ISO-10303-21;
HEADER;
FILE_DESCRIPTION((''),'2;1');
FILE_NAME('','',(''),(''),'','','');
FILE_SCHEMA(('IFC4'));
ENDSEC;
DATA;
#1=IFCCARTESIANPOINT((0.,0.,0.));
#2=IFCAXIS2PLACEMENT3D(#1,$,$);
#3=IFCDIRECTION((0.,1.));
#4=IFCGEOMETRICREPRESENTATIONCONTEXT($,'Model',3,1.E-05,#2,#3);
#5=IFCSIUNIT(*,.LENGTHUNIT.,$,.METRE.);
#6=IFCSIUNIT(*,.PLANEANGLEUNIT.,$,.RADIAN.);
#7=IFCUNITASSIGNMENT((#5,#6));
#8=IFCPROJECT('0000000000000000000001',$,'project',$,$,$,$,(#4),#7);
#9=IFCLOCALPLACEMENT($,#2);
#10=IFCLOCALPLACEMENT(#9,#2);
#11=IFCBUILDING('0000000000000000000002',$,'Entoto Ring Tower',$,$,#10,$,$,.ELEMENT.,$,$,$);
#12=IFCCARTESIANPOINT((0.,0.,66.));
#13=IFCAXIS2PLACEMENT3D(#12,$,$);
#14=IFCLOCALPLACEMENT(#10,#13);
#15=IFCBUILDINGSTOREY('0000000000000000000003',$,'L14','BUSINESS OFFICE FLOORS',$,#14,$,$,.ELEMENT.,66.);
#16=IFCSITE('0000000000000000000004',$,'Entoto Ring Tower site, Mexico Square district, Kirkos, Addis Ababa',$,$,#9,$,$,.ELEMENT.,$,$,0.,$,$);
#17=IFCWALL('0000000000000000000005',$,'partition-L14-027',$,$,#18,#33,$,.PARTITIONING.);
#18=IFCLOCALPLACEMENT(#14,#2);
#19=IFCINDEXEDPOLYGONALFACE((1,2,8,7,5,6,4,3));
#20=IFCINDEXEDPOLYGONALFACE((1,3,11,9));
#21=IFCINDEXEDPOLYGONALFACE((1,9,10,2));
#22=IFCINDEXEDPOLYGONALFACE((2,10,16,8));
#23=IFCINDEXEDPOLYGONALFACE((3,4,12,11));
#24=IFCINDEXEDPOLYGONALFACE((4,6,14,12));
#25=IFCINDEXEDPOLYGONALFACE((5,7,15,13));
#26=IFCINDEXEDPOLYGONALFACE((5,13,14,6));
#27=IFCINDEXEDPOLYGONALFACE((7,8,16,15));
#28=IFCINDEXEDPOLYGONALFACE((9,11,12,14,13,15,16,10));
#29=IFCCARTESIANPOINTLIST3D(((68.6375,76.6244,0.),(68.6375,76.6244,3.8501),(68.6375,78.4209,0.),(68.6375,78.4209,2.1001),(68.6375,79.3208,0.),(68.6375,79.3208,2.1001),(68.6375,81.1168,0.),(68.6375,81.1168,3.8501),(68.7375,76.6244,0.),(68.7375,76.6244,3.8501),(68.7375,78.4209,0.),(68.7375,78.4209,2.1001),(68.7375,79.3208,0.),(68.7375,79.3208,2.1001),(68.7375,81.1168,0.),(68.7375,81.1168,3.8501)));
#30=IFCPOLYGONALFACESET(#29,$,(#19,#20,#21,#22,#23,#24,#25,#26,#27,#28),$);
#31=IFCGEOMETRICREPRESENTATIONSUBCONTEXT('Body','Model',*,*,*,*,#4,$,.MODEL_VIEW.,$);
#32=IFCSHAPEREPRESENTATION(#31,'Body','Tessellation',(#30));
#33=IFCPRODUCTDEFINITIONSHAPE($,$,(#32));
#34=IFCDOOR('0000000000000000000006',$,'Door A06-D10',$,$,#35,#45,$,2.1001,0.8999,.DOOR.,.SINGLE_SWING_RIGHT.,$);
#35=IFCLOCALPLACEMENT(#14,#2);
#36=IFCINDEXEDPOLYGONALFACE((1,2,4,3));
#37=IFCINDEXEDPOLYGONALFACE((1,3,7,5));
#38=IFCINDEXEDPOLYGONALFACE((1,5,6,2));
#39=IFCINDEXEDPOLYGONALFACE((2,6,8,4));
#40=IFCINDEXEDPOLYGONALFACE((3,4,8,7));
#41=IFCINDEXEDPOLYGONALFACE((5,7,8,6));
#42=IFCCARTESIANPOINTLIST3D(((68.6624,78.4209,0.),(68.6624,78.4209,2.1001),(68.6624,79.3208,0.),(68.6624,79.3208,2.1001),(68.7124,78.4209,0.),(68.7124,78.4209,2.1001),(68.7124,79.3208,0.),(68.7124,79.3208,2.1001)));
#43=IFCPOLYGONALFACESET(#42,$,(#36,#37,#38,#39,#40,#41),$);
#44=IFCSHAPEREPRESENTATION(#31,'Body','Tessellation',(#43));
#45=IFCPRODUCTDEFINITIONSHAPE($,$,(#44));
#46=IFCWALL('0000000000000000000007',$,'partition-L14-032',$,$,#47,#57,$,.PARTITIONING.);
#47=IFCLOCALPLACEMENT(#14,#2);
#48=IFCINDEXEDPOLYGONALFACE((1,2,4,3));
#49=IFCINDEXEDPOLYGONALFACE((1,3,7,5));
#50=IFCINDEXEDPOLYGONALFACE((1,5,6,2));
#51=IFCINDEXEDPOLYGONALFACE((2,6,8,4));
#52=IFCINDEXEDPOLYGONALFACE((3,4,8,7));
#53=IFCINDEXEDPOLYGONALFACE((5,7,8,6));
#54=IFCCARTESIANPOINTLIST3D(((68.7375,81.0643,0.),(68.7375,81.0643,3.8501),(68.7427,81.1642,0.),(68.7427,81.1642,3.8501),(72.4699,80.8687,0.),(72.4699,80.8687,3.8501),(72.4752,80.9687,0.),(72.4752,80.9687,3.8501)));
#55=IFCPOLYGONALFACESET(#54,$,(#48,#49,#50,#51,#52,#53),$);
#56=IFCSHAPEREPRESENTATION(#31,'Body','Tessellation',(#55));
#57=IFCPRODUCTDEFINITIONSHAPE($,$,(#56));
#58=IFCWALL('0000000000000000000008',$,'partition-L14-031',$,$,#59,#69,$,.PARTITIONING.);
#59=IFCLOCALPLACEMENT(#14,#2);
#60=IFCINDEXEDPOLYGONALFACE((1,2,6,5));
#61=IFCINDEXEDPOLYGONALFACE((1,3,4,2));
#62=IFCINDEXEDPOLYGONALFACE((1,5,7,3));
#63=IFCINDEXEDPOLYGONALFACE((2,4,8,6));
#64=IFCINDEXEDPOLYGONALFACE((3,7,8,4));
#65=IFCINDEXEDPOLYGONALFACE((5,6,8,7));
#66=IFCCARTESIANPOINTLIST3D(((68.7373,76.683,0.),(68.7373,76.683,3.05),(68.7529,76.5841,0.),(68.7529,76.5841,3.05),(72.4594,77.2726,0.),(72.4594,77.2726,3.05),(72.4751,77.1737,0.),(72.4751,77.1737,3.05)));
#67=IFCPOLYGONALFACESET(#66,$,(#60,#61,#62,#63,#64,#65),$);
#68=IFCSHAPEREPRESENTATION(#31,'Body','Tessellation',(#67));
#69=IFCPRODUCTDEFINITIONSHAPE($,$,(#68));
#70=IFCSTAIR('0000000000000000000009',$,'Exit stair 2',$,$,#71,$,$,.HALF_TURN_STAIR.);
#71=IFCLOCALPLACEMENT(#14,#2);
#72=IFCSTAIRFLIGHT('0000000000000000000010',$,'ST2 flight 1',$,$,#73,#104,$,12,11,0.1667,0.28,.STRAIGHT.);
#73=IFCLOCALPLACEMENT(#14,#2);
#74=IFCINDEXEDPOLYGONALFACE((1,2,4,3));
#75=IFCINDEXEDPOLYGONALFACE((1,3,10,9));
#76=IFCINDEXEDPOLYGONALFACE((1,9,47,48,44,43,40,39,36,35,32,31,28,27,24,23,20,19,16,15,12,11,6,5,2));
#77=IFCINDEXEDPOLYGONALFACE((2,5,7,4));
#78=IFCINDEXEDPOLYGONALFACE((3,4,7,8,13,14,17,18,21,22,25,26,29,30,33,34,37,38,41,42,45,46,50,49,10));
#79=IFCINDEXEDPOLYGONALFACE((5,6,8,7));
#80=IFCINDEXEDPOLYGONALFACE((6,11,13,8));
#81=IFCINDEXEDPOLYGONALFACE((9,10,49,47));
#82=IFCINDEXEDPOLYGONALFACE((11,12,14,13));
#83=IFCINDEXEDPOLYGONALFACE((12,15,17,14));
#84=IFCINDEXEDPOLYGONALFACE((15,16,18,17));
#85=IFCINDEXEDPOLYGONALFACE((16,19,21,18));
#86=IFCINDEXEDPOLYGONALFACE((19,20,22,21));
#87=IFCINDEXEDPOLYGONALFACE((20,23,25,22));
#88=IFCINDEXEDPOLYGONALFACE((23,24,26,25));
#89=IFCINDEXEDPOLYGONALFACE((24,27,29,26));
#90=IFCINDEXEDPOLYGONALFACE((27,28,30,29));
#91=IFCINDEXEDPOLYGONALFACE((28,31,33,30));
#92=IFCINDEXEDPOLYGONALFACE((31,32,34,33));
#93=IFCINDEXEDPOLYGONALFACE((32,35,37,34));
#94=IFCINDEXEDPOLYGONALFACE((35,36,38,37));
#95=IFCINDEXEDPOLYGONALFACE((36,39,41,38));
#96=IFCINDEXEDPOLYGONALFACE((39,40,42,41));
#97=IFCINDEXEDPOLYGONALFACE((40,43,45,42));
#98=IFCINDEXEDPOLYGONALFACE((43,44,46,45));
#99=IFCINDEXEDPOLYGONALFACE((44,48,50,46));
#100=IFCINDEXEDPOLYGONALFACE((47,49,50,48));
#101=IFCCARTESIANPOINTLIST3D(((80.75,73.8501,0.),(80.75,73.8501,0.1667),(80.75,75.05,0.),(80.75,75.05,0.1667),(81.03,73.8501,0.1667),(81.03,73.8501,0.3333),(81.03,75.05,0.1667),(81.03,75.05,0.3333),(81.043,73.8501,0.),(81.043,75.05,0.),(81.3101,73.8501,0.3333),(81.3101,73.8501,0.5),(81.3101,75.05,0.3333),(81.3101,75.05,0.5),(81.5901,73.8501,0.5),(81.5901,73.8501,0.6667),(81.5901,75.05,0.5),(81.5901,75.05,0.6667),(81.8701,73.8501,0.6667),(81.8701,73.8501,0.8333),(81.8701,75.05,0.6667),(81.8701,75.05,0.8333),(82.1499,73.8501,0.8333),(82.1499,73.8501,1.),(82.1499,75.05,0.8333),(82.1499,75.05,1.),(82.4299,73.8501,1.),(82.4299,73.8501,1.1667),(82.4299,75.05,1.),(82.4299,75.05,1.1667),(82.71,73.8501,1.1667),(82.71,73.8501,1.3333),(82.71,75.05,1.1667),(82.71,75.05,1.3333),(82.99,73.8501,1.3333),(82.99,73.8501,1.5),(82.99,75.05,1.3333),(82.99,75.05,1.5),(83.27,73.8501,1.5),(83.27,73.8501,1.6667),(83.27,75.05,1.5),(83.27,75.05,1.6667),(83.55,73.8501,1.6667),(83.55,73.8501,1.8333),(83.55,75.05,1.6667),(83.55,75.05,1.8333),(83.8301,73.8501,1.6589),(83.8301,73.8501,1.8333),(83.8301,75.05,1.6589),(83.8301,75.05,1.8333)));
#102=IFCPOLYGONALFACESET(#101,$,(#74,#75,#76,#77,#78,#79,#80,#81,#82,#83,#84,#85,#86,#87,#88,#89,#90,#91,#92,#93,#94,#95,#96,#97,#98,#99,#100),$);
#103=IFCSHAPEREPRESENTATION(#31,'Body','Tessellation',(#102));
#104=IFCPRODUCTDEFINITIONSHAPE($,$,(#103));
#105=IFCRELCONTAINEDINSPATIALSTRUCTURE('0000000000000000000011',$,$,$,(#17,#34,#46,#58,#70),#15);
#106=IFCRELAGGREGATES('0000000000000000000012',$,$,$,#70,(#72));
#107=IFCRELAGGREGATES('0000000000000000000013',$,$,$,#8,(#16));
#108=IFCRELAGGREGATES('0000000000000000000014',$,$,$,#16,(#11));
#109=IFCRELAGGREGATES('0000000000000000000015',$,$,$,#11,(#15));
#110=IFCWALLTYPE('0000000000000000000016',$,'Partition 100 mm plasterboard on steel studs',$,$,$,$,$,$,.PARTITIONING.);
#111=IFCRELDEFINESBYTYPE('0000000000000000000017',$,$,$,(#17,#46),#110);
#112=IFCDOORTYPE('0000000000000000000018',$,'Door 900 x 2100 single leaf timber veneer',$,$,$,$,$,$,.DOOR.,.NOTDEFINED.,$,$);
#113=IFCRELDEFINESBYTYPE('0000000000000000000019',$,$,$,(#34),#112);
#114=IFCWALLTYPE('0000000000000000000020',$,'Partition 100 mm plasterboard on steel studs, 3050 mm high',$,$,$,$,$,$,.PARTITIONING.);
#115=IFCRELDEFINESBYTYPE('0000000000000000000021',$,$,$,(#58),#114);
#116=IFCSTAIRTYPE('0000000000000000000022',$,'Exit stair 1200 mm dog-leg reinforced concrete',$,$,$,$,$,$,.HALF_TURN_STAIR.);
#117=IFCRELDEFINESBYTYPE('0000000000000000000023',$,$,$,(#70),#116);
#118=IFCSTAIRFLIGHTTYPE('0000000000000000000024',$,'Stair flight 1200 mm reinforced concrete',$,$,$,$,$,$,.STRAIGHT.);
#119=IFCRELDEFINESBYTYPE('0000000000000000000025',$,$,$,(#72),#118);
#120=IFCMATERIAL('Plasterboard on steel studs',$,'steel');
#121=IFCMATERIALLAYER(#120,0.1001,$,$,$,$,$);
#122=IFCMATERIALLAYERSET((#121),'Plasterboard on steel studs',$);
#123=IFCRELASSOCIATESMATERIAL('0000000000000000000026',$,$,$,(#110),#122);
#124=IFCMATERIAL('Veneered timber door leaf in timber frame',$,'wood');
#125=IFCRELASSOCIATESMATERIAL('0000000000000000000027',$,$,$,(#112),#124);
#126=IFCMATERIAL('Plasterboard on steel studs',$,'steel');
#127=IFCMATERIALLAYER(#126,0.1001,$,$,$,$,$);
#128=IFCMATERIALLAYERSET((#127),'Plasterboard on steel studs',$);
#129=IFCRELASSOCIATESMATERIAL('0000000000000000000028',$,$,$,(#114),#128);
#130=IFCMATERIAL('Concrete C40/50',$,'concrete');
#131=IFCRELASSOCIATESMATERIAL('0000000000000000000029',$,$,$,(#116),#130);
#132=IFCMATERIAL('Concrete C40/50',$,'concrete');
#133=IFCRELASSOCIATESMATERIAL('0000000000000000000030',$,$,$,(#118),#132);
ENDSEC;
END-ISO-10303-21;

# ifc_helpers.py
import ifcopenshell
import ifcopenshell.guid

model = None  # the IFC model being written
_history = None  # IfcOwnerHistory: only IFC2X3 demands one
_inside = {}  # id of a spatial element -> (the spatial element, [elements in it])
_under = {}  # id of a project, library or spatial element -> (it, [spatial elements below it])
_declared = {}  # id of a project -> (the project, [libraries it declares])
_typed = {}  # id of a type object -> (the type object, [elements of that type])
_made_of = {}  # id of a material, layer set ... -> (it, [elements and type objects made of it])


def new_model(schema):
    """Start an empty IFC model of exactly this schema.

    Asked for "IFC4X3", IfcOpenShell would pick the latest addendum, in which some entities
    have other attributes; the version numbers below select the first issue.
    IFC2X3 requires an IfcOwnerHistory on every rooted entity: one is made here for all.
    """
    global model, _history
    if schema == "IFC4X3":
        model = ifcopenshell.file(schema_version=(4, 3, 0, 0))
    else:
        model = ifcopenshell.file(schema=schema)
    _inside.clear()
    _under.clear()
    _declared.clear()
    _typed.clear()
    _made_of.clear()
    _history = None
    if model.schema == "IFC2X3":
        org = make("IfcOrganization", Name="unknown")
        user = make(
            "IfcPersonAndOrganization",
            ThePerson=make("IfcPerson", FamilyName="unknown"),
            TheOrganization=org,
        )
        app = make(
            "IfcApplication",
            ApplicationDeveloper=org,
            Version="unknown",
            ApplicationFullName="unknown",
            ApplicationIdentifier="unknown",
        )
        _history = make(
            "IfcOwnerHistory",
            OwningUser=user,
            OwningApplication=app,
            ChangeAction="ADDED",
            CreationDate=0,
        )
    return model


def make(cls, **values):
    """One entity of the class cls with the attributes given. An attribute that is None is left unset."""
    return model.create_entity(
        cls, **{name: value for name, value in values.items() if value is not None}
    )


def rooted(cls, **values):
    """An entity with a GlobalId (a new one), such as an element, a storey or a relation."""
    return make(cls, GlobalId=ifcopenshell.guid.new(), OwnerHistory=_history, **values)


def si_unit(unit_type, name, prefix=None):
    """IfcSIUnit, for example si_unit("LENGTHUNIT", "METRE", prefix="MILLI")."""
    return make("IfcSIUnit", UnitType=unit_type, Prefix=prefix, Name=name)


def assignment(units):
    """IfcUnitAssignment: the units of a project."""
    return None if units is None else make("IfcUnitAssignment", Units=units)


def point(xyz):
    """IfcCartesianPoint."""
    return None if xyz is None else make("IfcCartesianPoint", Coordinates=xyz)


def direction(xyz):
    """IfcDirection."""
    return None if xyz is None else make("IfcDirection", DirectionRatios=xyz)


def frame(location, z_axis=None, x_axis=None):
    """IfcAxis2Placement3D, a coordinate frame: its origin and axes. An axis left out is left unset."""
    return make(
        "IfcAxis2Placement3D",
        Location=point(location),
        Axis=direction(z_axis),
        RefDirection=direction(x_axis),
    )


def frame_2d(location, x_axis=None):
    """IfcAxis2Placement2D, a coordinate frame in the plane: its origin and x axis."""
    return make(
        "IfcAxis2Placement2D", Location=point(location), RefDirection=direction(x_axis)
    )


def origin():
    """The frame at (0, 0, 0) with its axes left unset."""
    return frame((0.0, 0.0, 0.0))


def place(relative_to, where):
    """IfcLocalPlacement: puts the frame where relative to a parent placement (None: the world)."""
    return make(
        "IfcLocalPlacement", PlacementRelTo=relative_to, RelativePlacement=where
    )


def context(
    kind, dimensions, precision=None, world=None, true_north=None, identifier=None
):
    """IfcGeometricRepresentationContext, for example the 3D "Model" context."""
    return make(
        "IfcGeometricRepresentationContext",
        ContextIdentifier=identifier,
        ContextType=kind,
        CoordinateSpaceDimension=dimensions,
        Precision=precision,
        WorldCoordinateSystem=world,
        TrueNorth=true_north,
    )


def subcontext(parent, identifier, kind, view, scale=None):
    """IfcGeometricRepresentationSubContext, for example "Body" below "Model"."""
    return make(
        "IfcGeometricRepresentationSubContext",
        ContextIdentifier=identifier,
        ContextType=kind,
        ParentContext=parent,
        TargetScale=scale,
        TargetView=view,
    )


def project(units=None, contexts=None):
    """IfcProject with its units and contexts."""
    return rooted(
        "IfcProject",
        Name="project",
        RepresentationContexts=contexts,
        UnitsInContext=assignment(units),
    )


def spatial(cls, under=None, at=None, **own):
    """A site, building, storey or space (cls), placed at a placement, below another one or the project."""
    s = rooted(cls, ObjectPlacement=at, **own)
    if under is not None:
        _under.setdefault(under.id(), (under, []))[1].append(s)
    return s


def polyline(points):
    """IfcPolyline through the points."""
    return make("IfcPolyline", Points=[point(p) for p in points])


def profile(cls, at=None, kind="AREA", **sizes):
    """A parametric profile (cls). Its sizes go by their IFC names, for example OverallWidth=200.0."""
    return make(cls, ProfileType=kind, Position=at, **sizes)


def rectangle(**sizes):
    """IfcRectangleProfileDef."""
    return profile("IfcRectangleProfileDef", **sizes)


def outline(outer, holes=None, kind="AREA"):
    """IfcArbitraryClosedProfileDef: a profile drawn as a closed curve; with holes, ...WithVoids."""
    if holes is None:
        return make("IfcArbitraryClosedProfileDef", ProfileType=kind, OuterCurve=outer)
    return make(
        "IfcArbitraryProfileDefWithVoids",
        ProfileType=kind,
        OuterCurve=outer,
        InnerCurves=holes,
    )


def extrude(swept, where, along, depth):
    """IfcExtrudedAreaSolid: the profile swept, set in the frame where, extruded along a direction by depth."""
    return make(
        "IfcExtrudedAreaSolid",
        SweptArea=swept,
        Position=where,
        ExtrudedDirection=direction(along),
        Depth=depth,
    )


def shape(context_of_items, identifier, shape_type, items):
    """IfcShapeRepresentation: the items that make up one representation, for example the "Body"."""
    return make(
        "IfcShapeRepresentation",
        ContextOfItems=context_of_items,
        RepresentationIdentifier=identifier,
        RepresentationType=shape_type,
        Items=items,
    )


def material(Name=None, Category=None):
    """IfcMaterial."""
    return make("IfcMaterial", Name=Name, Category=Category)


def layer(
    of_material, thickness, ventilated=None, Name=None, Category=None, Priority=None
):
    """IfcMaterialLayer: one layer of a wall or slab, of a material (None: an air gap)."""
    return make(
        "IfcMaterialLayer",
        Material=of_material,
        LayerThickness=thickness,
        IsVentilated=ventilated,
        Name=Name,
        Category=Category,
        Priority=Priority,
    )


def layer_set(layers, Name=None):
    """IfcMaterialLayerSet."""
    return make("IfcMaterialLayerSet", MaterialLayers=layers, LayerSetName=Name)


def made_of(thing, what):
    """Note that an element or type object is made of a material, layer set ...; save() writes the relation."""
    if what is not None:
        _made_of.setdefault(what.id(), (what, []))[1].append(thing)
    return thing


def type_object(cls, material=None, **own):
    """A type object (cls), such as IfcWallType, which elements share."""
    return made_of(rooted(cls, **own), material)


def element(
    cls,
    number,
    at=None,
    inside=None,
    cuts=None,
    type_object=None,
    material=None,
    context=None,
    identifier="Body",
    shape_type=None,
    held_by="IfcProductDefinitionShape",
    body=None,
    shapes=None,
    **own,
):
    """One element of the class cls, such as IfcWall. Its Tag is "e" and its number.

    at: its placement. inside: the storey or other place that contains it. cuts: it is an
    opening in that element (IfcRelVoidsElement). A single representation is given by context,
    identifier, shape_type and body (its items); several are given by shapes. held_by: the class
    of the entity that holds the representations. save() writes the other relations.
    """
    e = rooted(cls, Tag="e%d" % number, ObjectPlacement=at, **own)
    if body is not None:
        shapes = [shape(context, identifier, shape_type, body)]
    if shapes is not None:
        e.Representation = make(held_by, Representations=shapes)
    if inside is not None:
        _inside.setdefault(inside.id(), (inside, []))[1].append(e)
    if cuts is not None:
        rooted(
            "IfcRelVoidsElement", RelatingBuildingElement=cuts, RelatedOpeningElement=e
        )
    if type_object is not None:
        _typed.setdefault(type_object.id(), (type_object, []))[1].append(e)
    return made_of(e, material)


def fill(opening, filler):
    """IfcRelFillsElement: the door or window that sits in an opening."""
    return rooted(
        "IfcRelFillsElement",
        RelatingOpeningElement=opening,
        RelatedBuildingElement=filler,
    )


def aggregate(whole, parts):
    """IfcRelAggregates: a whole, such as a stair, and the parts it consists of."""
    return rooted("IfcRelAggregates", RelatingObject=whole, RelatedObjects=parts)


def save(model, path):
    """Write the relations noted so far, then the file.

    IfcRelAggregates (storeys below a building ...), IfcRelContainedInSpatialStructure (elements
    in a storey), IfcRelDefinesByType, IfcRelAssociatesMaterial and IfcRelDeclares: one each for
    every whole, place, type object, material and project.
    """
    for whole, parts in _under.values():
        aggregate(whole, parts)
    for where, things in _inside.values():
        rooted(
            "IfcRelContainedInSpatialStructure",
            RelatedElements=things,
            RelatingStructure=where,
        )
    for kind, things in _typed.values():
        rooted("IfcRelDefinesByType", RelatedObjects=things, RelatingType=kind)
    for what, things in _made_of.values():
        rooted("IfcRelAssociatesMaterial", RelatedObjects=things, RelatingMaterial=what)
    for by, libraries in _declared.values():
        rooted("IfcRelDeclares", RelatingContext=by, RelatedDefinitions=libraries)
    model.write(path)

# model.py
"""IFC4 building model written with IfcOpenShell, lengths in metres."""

from ifc_helpers import new_model, si_unit, direction, frame, frame_2d, origin, place, context, subcontext, project, spatial, polyline, rectangle, outline, extrude, material, layer, layer_set, type_object, element, fill, aggregate, save


model = new_model("IFC4")

# Units and contexts
model_context = context("Model", 3, precision=1e-05, world=origin(), true_north=direction((0.0, 1.0)))
body_context = subcontext(model_context, "Body", "Model", "MODEL_VIEW")
ifc_project = project(units=[si_unit("LENGTHUNIT", "METRE"), si_unit("PLANEANGLEUNIT", "RADIAN")], contexts=[model_context])

# Site, building, storey
site_placement = place(None, origin())
site = spatial("IfcSite", under=ifc_project, at=site_placement, Name="Entoto Ring Tower site, Mexico Square district, Kirkos, Addis Ababa", CompositionType="ELEMENT", RefElevation=0.0)
building_placement = place(site_placement, origin())
building = spatial("IfcBuilding", under=site, at=building_placement, Name="Entoto Ring Tower", CompositionType="ELEMENT")
storey_placement = place(building_placement, frame((0.0, 0.0, 66.0)))
storey = spatial("IfcBuildingStorey", under=building, at=storey_placement, Name="L14", Description="BUSINESS OFFICE FLOORS", CompositionType="ELEMENT", Elevation=66.0)

# Shared definitions
ifc_material_1 = material(Name="Plasterboard on steel studs", Category="steel")
ifc_layer_1 = layer(ifc_material_1, 0.1001)
ifc_layer_set_1 = layer_set([ifc_layer_1], Name="Plasterboard on steel studs")
wall_type_1 = type_object("IfcWallType", Name="Partition 100 mm plasterboard on steel studs", PredefinedType="PARTITIONING", material=ifc_layer_set_1)

# Wall, opening, door
wall_1_placement = place(storey_placement, frame((68.6875, 76.6245, 0.0), z_axis=(0.0, 0.0, 1.0), x_axis=(0.0, 1.0, 0.0)))
wall_1 = element("IfcWall", 1, at=wall_1_placement, inside=storey, type_object=wall_type_1, Name="partition-L14-027", PredefinedType="PARTITIONING", context=body_context, shape_type="SweptSolid", body=[
    extrude(rectangle(XDim=4.4924, YDim=0.1001, at=frame_2d((2.2461, 0.0))), origin(), (0.0, 0.0, 1.0), 3.8501),
])
opening_1_placement = place(wall_1_placement, frame((1.7964, 0.0, 0.0)))
opening_1 = element("IfcOpeningElement", 2, at=opening_1_placement, cuts=wall_1, PredefinedType="OPENING", context=body_context, shape_type="SweptSolid", body=[
    extrude(rectangle(XDim=0.8999, YDim=2.1001, at=frame_2d((0.45, 1.05))), frame((0.0, 0.0601, 0.0), z_axis=(0.0, -1.0, 0.0), x_axis=(1.0, 0.0, 0.0)), (0.0, 0.0, 1.0), 0.1201),
])
ifc_material_2 = material(Name="Veneered timber door leaf in timber frame", Category="wood")
door_type_1 = type_object("IfcDoorType", Name="Door 900 x 2100 single leaf timber veneer", OperationType="NOTDEFINED", PredefinedType="DOOR", material=ifc_material_2)
door_1_placement = place(opening_1_placement, frame((0.8999, 0.0, 0.0), z_axis=(0.0, 0.0, 1.0), x_axis=(-1.0, 0.0, 0.0)))
door_1 = element("IfcDoor", 3, at=door_1_placement, inside=storey, type_object=door_type_1, Name="Door A06-D10", OperationType="SINGLE_SWING_RIGHT", OverallHeight=2.1001, OverallWidth=0.8999, PredefinedType="DOOR", context=body_context, shape_type="SweptSolid", body=[
    extrude(rectangle(XDim=0.8999, YDim=2.1001, at=frame_2d((0.45, 1.05))), frame((0.0, 0.0249, 0.0), z_axis=(0.0, -1.0, 0.0), x_axis=(1.0, 0.0, 0.0)), (0.0, 0.0, 1.0), 0.05),
])
fill(opening_1, door_1)

# Walls
wall_2_placement = place(storey_placement, frame((72.4724, 80.9187, 0.0), z_axis=(0.0, 0.0, 1.0), x_axis=(-0.99863, 0.052322, 0.0)))
element("IfcWall", 4, at=wall_2_placement, inside=storey, type_object=wall_type_1, Name="partition-L14-032", PredefinedType="PARTITIONING", context=body_context, shape_type="SweptSolid", body=[
    extrude(rectangle(XDim=3.7375, YDim=0.1001, at=frame_2d((1.8687, 0.0))), origin(), (0.0, 0.0, 1.0), 3.8501),
])
ifc_material_3 = material(Name="Plasterboard on steel studs", Category="steel")
ifc_layer_2 = layer(ifc_material_3, 0.1001)
ifc_layer_set_2 = layer_set([ifc_layer_2], Name="Plasterboard on steel studs")
wall_type_2 = type_object("IfcWallType", Name="Partition 100 mm plasterboard on steel studs, 3050 mm high", PredefinedType="PARTITIONING", material=ifc_layer_set_2)
wall_3_placement = place(storey_placement, frame((68.7451, 76.6335, 0.0), z_axis=(0.0, 0.0, 1.0), x_axis=(0.987686, 0.156452, 0.0)))
element("IfcWall", 5, at=wall_3_placement, inside=storey, type_object=wall_type_2, Name="partition-L14-031", PredefinedType="PARTITIONING", context=body_context, shape_type="SweptSolid", body=[
    extrude(rectangle(XDim=3.7686, YDim=0.1001, at=frame_2d((1.8843, 0.0))), origin(), (0.0, 0.0, 1.0), 3.05),
])

# Stair, stair flight
ifc_material_4 = material(Name="Concrete C40/50", Category="concrete")
stair_type = type_object("IfcStairType", Name="Exit stair 1200 mm dog-leg reinforced concrete", PredefinedType="HALF_TURN_STAIR", material=ifc_material_4)
stair_placement = place(storey_placement, origin())
stair = element("IfcStair", 6, at=stair_placement, inside=storey, type_object=stair_type, Name="Exit stair 2", PredefinedType="HALF_TURN_STAIR")
ifc_material_5 = material(Name="Concrete C40/50", Category="concrete")
stair_flight_type = type_object("IfcStairFlightType", Name="Stair flight 1200 mm reinforced concrete", PredefinedType="STRAIGHT", material=ifc_material_5)
stair_flight_placement = place(storey_placement, frame((80.75, 74.45, 0.0), z_axis=(0.0, 0.0, 1.0), x_axis=(1.0, 0.0, 0.0)))
stair_flight = element("IfcStairFlight", 7, at=stair_flight_placement, type_object=stair_flight_type, Name="ST2 flight 1", NumberOfRisers=12, NumberOfTreads=11, PredefinedType="STRAIGHT", RiserHeight=0.1667, TreadLength=0.28, context=body_context, shape_type="SweptSolid", body=[
    extrude(outline(polyline([(0.0, 0.0), (0.0, 0.1667), (0.28, 0.1667), (0.28, 0.3333), (0.5601, 0.3333), (0.5601, 0.5), (0.8401, 0.5), (0.8401, 0.6667), (1.1201, 0.6667), (1.1201, 0.8333), (1.3999, 0.8333), (1.3999, 1.0), (1.6799, 1.0), (1.6799, 1.1667), (1.96, 1.1667), (1.96, 1.3333), (2.24, 1.3333), (2.24, 1.5), (2.52, 1.5), (2.52, 1.6667), (2.8, 1.6667), (2.8, 1.8333), (3.0801, 1.8333), (3.0801, 2.0), (3.0801, 1.6589), (0.293, 0.0), (0.0, 0.0)])), frame((0.0, 0.6001, 0.0), z_axis=(0.0, -1.0, 0.0), x_axis=(1.0, 0.0, 0.0)), (0.0, 0.0, 1.0), 1.2),
])
aggregate(stair, [stair_flight])

save(model, "model.ifc")
